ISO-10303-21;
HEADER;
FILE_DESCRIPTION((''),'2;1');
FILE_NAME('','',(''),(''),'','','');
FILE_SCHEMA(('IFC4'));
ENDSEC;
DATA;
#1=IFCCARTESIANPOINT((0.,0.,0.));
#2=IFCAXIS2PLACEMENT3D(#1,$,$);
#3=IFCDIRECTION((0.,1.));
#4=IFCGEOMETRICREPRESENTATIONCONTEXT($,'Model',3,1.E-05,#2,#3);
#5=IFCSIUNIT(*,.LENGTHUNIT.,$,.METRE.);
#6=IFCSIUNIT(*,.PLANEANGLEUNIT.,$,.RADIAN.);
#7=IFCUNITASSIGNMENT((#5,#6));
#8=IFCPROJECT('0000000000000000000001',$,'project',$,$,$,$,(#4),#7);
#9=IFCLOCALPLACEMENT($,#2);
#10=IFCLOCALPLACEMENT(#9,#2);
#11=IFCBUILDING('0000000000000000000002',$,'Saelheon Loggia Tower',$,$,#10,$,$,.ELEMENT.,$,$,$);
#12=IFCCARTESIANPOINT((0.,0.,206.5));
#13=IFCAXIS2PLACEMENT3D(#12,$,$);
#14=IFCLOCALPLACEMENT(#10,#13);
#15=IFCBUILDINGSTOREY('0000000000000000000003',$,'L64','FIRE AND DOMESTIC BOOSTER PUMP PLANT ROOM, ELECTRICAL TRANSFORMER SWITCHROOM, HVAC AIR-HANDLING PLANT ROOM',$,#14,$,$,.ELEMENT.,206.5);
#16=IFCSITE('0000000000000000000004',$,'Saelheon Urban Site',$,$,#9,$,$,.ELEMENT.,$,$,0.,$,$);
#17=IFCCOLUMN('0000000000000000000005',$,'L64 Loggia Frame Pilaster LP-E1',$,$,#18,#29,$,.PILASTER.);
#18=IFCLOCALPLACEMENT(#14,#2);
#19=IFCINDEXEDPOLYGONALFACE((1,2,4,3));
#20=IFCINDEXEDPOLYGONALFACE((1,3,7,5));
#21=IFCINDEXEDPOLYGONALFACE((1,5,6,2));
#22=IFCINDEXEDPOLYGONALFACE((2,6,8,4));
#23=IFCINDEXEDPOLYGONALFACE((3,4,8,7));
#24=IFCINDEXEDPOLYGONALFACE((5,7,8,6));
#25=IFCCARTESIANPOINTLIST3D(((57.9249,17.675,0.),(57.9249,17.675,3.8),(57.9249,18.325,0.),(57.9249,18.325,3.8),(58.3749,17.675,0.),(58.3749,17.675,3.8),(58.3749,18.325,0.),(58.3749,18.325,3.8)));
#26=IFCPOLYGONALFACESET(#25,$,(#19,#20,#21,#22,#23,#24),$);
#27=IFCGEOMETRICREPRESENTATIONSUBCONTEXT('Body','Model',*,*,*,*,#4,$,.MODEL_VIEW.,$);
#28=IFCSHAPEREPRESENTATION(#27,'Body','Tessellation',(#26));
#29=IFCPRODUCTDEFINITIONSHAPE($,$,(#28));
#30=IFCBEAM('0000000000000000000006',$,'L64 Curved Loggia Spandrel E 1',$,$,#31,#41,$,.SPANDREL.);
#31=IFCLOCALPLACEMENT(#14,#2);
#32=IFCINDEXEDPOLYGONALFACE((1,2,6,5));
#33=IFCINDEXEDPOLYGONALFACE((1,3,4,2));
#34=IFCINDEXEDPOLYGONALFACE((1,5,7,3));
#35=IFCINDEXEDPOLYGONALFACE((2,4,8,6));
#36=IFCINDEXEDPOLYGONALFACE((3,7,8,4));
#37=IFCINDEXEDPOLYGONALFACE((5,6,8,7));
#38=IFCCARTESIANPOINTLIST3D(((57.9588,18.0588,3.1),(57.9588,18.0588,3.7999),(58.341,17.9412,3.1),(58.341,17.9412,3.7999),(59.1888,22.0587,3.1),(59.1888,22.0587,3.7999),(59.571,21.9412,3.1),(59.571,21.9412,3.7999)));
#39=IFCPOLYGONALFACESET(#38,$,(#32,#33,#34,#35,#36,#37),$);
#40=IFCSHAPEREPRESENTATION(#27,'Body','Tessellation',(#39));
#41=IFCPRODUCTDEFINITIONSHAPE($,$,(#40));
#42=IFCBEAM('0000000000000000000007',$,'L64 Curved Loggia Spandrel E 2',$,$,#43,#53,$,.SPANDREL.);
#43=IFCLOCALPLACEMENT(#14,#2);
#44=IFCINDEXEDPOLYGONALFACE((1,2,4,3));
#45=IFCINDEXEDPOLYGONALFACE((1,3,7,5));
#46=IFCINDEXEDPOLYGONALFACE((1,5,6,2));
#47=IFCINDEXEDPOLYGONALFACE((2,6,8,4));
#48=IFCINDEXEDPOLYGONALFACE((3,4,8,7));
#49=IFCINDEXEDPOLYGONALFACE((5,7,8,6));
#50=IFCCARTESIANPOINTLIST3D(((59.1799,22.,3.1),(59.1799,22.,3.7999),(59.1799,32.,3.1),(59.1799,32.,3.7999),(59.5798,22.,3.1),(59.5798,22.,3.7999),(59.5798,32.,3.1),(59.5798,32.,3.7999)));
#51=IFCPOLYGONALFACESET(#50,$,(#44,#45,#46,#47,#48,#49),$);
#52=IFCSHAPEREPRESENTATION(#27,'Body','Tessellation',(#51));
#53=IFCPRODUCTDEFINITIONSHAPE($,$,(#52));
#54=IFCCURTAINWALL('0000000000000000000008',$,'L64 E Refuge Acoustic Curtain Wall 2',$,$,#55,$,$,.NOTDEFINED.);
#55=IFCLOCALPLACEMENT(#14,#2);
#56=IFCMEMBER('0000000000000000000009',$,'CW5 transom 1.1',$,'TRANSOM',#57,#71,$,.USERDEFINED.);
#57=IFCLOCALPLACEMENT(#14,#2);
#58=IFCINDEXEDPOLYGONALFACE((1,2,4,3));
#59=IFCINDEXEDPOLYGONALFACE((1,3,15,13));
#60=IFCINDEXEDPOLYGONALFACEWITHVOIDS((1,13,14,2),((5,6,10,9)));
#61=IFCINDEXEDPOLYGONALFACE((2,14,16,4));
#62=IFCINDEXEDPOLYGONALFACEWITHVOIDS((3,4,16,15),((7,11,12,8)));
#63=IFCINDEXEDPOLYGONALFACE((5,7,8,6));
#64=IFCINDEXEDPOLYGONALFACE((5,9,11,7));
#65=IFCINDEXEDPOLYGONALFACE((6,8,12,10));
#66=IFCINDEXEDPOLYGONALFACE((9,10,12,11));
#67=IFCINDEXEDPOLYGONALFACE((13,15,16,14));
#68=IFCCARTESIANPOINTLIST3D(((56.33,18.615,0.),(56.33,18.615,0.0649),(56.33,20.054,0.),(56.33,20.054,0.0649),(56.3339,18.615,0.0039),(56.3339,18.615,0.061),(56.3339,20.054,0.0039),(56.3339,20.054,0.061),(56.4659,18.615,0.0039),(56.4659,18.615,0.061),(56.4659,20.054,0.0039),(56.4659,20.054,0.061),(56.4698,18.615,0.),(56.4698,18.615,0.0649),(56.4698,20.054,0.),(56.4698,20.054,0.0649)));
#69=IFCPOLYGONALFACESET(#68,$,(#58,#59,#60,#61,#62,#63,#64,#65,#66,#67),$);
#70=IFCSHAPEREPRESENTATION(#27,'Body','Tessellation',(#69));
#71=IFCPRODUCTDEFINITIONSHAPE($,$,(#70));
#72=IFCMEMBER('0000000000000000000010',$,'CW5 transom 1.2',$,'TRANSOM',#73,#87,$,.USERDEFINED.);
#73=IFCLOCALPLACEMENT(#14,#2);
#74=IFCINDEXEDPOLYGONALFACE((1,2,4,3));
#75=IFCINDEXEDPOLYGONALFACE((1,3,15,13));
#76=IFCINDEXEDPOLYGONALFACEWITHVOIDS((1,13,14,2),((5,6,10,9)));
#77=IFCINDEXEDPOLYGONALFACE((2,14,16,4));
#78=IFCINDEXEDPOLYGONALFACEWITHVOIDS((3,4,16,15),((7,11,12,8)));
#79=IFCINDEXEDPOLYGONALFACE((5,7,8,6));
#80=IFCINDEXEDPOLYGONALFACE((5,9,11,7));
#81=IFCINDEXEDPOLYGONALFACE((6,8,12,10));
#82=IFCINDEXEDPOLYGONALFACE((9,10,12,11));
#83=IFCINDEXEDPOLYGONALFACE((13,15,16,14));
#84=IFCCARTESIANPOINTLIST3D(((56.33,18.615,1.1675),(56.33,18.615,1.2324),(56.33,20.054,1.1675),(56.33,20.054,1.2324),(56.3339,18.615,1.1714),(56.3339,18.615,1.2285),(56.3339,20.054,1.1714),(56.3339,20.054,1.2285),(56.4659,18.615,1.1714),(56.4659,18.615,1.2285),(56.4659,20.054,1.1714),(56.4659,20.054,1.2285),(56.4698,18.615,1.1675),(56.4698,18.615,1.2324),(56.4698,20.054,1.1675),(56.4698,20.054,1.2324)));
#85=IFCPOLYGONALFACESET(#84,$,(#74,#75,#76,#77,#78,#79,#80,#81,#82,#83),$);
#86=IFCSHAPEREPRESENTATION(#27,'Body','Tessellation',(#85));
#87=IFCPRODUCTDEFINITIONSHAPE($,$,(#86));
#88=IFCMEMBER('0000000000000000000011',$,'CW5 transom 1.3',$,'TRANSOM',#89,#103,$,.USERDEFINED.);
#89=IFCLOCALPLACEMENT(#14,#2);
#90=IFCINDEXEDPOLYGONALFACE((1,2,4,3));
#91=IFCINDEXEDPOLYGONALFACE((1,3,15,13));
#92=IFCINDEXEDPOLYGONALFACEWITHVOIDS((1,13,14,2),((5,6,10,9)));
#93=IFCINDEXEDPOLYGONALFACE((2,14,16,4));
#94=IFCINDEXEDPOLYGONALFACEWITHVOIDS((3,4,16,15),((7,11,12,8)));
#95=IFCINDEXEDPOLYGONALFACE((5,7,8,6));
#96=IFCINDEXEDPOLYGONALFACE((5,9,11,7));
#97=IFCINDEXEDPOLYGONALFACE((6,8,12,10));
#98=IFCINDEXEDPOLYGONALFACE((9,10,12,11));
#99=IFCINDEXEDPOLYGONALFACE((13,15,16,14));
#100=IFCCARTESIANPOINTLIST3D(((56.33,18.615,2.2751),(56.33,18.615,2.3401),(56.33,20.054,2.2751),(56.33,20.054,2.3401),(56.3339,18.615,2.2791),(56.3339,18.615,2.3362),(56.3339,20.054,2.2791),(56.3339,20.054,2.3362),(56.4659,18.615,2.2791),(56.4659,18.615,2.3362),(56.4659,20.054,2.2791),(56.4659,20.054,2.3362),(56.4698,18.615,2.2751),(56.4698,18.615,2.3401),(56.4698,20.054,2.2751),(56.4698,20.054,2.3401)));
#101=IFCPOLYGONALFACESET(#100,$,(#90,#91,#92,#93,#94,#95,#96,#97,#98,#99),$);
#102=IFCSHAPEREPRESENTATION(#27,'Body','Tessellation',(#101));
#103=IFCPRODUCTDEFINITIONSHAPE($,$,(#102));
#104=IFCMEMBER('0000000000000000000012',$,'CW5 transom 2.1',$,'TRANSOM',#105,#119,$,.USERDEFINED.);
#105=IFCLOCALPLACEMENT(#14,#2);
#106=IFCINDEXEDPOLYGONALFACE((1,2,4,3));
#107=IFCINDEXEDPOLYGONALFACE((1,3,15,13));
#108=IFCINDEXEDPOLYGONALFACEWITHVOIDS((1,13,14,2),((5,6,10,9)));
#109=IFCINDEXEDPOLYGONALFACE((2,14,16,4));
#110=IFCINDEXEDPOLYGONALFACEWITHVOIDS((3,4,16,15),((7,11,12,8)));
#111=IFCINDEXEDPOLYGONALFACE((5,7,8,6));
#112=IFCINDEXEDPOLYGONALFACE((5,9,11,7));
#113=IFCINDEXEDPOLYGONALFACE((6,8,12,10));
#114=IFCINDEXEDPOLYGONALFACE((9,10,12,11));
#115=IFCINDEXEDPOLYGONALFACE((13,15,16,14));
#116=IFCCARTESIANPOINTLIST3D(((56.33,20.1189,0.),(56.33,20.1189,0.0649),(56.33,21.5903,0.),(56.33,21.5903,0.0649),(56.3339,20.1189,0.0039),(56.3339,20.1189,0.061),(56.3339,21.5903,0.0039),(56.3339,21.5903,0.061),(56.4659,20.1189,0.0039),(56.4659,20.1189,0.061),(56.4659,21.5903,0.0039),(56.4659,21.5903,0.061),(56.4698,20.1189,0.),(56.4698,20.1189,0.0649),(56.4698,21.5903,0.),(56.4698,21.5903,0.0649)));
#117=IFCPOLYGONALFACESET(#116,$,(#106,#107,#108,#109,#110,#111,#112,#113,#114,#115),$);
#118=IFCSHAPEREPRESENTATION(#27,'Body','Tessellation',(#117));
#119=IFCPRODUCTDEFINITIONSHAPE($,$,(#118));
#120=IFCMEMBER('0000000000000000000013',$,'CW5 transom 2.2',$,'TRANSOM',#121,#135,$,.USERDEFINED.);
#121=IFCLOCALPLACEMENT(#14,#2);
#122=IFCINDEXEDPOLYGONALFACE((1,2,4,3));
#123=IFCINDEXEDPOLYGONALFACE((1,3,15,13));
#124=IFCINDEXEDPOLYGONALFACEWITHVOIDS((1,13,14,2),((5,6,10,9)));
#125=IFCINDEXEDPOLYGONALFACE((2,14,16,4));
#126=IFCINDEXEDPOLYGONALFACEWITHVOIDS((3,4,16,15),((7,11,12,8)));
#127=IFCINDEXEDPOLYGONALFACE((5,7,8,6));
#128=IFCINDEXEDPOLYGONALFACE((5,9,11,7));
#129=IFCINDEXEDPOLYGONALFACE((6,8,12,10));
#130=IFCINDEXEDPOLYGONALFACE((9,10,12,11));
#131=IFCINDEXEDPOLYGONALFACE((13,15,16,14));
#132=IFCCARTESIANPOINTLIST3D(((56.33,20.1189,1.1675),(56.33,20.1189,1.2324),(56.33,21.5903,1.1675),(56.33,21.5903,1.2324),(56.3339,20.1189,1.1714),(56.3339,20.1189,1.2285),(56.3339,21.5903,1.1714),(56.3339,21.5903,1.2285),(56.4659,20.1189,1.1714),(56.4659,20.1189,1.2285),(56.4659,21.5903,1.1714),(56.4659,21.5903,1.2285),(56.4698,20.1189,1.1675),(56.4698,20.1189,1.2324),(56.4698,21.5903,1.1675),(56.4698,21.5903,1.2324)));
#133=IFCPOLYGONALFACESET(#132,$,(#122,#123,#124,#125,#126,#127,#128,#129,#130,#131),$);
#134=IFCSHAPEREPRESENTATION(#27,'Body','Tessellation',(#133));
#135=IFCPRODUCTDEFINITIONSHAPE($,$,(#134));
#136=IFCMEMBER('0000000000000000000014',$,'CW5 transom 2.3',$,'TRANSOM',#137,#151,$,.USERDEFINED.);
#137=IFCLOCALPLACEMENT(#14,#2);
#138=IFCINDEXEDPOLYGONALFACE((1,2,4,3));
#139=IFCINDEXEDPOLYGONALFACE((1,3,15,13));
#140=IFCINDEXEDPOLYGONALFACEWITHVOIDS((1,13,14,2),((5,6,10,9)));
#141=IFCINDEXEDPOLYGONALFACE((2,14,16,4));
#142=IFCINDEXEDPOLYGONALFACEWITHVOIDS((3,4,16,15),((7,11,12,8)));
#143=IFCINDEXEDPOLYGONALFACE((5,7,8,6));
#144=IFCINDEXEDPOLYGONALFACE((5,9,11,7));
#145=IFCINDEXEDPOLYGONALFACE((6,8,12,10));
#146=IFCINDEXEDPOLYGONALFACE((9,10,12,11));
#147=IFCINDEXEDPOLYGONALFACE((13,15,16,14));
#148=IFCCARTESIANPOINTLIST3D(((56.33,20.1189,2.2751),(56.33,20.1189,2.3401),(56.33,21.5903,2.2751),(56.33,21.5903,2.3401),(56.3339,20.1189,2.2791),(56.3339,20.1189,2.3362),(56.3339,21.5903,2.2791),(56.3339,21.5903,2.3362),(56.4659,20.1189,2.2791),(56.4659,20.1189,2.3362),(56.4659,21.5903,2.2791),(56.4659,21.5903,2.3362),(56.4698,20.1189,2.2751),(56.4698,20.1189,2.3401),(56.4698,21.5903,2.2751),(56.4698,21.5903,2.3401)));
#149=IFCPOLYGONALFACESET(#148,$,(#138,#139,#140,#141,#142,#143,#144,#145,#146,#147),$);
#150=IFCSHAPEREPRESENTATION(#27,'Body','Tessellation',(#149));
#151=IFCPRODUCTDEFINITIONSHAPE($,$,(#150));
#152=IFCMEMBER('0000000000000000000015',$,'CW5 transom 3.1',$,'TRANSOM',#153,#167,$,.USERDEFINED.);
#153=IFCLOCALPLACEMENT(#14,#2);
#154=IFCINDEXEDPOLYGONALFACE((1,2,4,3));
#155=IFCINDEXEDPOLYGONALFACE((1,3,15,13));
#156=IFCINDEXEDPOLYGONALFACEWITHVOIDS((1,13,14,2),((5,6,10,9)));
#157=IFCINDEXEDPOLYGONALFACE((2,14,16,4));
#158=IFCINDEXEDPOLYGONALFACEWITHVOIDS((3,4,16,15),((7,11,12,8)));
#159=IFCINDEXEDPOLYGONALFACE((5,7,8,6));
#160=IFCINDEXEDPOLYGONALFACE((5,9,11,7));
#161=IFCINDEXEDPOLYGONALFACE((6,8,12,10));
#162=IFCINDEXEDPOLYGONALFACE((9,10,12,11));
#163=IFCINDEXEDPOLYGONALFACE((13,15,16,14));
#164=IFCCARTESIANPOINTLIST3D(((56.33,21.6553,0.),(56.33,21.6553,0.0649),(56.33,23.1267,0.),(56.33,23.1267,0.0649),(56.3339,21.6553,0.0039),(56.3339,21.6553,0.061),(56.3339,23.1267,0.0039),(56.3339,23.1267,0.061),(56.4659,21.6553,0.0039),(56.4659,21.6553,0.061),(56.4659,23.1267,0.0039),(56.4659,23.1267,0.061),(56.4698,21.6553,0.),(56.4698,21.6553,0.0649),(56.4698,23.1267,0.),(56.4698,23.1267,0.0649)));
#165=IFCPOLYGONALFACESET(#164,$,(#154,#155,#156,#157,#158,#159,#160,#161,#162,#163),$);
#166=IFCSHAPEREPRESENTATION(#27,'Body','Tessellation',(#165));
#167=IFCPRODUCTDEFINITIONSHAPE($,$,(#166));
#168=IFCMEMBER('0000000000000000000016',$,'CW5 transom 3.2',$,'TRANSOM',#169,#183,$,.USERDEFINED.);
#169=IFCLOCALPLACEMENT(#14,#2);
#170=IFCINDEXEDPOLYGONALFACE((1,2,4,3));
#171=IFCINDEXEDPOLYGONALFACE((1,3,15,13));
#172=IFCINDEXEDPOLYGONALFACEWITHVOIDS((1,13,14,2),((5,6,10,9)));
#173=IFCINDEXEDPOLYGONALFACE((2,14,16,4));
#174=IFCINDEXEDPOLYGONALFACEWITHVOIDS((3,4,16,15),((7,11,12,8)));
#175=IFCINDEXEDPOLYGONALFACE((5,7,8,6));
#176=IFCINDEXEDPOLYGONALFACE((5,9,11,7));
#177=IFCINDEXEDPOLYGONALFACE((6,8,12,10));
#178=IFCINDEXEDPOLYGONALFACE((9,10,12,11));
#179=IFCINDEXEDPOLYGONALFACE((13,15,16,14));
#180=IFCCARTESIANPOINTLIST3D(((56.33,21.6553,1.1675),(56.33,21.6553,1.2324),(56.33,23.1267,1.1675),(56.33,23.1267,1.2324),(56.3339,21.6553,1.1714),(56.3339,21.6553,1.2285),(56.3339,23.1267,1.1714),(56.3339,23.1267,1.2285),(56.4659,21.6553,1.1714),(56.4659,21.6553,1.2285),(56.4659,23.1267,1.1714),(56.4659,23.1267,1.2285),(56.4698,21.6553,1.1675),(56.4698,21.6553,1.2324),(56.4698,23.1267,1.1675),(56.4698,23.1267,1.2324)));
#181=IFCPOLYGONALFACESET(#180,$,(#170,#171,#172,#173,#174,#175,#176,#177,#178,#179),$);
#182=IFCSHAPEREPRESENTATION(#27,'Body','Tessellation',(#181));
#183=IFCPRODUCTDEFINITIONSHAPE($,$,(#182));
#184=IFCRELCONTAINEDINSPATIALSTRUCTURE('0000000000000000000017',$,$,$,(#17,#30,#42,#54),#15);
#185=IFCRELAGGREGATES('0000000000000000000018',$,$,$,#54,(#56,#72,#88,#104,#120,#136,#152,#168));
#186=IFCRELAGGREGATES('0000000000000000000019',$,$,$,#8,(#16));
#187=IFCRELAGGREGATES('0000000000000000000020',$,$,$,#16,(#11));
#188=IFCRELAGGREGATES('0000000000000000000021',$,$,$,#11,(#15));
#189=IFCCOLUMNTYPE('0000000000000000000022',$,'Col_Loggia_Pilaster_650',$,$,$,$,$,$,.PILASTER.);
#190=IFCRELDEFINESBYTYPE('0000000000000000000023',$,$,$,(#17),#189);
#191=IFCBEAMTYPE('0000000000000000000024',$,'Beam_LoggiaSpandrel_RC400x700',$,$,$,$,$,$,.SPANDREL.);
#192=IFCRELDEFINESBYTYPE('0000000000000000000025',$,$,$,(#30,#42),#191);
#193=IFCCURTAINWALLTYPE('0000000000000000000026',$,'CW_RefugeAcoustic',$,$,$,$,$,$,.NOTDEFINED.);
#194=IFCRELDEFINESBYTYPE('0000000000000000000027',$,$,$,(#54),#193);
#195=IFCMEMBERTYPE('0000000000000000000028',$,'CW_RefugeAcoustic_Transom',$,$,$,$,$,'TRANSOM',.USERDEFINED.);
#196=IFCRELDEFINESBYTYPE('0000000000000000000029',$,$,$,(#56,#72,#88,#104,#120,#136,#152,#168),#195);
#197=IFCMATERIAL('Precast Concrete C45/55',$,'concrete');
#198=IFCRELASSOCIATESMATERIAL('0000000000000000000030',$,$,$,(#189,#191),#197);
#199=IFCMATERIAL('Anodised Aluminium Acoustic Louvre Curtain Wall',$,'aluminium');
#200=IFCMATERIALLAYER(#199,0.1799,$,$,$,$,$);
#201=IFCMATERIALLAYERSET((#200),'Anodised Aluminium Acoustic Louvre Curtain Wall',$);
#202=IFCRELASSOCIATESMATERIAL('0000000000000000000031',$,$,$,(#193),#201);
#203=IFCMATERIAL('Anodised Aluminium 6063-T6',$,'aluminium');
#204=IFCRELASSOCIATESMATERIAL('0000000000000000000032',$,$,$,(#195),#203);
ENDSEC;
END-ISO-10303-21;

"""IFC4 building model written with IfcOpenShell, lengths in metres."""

from ifc_helpers import new_model, si_unit, direction, frame, origin, origin_2d, place, context, subcontext, project, spatial, rectangle, hollow_rectangle, extrude, source, transform, mapped, material, layer, layer_set, material_profile, profile_set, type_object, element, aggregate, save


model = new_model("IFC4")

# Units and contexts
model_context = context("Model", 3, precision=1e-05, world=origin(), true_north=direction((0.0, 1.0)))
body_context = subcontext(model_context, "Body", "Model", "MODEL_VIEW")
ifc_project = project(units=[si_unit("LENGTHUNIT", "METRE"), si_unit("PLANEANGLEUNIT", "RADIAN")], contexts=[model_context])

# Site, building, storey
site_placement = place(None, origin())
site = spatial("IfcSite", under=ifc_project, at=site_placement, Name="Saelheon Urban Site", CompositionType="ELEMENT", RefElevation=0.0)
building_placement = place(site_placement, origin())
building = spatial("IfcBuilding", under=site, at=building_placement, Name="Saelheon Loggia Tower", CompositionType="ELEMENT")
storey_placement = place(building_placement, frame((0.0, 0.0, 206.5)))
storey = spatial("IfcBuildingStorey", under=building, at=storey_placement, Name="L64", Description="FIRE AND DOMESTIC BOOSTER PUMP PLANT ROOM, ELECTRICAL TRANSFORMER SWITCHROOM, HVAC AIR-HANDLING PLANT ROOM", CompositionType="ELEMENT", Elevation=206.5)

# Column
ifc_material_1 = material(Name="Precast Concrete C45/55", Category="concrete")
ifc_material_profile_1 = material_profile(ifc_material_1, rectangle(XDim=0.45, YDim=0.6499, at=origin_2d()), Name="RC-450x650")
ifc_profile_set_1 = profile_set([ifc_material_profile_1], Name="Precast Concrete C45/55")
column_type = type_object("IfcColumnType", Name="Col_Loggia_Pilaster_650", PredefinedType="PILASTER", material=ifc_profile_set_1)
shared_shape_1 = source(origin(), body_context, "Body", "SweptSolid", [
    extrude(rectangle(XDim=0.45, YDim=0.6499, at=origin_2d()), origin(), (0.0, 0.0, 1.0), 3.8),
])
column_placement = place(storey_placement, frame((58.1499, 18.0, 0.0), z_axis=(0.0, 0.0, 1.0), x_axis=(1.0, 0.0, 0.0)))
element("IfcColumn", 1, at=column_placement, inside=storey, type_object=column_type, Name="L64 Loggia Frame Pilaster LP-E1", PredefinedType="PILASTER", context=body_context, shape_type="MappedRepresentation", body=[
    mapped(shared_shape_1, transform((0.0, 0.0, 0.0), scale=1.0)),
])

# Beams
ifc_material_profile_2 = material_profile(ifc_material_1, rectangle(XDim=0.3999, YDim=0.7, at=origin_2d()), Name="RC-400x700")
ifc_profile_set_2 = profile_set([ifc_material_profile_2], Name="Precast Concrete C45/55")
beam_type = type_object("IfcBeamType", Name="Beam_LoggiaSpandrel_RC400x700", PredefinedType="SPANDREL", material=ifc_profile_set_2)
shared_shape_2 = source(origin(), body_context, "Body", "SweptSolid", [
    extrude(rectangle(XDim=0.3999, YDim=0.7, at=origin_2d()), origin(), (0.0, 0.0, 1.0), 4.1848),
])
beam_1_placement = place(storey_placement, frame((58.1499, 18.0, 3.45), z_axis=(0.293914, 0.955832, 0.0), x_axis=(-0.955832, 0.293914, 0.0)))
element("IfcBeam", 2, at=beam_1_placement, inside=storey, type_object=beam_type, Name="L64 Curved Loggia Spandrel E 1", PredefinedType="SPANDREL", context=body_context, shape_type="MappedRepresentation", body=[
    mapped(shared_shape_2, transform((0.0, 0.0, 0.0), scale=1.0)),
])
shared_shape_3 = source(origin(), body_context, "Body", "SweptSolid", [
    extrude(rectangle(XDim=0.3999, YDim=0.7, at=origin_2d()), origin(), (0.0, 0.0, 1.0), 10.0),
])
beam_2_placement = place(storey_placement, frame((59.3799, 22.0, 3.45), z_axis=(0.0, 1.0, 0.0), x_axis=(-1.0, 0.0, 0.0)))
element("IfcBeam", 3, at=beam_2_placement, inside=storey, type_object=beam_type, Name="L64 Curved Loggia Spandrel E 2", PredefinedType="SPANDREL", context=body_context, shape_type="MappedRepresentation", body=[
    mapped(shared_shape_3, transform((0.0, 0.0, 0.0), scale=1.0)),
])

# Curtain wall, members
ifc_material_2 = material(Name="Anodised Aluminium Acoustic Louvre Curtain Wall", Category="aluminium")
ifc_layer_1 = layer(ifc_material_2, 0.1799)
ifc_layer_set_1 = layer_set([ifc_layer_1], Name="Anodised Aluminium Acoustic Louvre Curtain Wall")
curtain_wall_type = type_object("IfcCurtainWallType", Name="CW_RefugeAcoustic", PredefinedType="NOTDEFINED", material=ifc_layer_set_1)
curtain_wall_placement = place(storey_placement, origin())
curtain_wall = element("IfcCurtainWall", 4, at=curtain_wall_placement, inside=storey, type_object=curtain_wall_type, Name="L64 E Refuge Acoustic Curtain Wall 2", PredefinedType="NOTDEFINED")
ifc_material_3 = material(Name="Anodised Aluminium 6063-T6", Category="aluminium")
ifc_material_profile_3 = material_profile(ifc_material_3, hollow_rectangle(XDim=0.0649, YDim=0.1399, WallThickness=0.0039, at=origin_2d()), Name="RHS-140x65x4")
ifc_profile_set_3 = profile_set([ifc_material_profile_3], Name="Anodised Aluminium 6063-T6")
member_type_1 = type_object("IfcMemberType", Name="CW_RefugeAcoustic_Transom", ElementType="TRANSOM", PredefinedType="USERDEFINED", material=ifc_profile_set_3)
shared_shape_4 = source(origin(), body_context, "Body", "SweptSolid", [
    extrude(hollow_rectangle(XDim=0.0649, YDim=0.1399, WallThickness=0.0039, at=origin_2d()), origin(), (0.0, 0.0, 1.0), 1.439),
])
member_1_placement = place(storey_placement, frame((56.3999, 18.615, 0.0325), z_axis=(0.0, 1.0, 0.0), x_axis=(0.0, 0.0, 1.0)))
member_1 = element("IfcMember", 5, at=member_1_placement, type_object=member_type_1, Name="CW5 transom 1.1", ObjectType="TRANSOM", PredefinedType="USERDEFINED", context=body_context, shape_type="MappedRepresentation", body=[
    mapped(shared_shape_4, transform((0.0, 0.0, 0.0), scale=1.0)),
])
member_2_placement = place(storey_placement, frame((56.3999, 18.615, 1.2), z_axis=(0.0, 1.0, 0.0), x_axis=(0.0, 0.0, 1.0)))
member_2 = element("IfcMember", 6, at=member_2_placement, type_object=member_type_1, Name="CW5 transom 1.2", ObjectType="TRANSOM", PredefinedType="USERDEFINED", context=body_context, shape_type="MappedRepresentation", body=[
    mapped(shared_shape_4, transform((0.0, 0.0, 0.0), scale=1.0)),
])
member_3_placement = place(storey_placement, frame((56.3999, 18.615, 2.3076), z_axis=(0.0, 1.0, 0.0), x_axis=(0.0, 0.0, 1.0)))
member_3 = element("IfcMember", 7, at=member_3_placement, type_object=member_type_1, Name="CW5 transom 1.3", ObjectType="TRANSOM", PredefinedType="USERDEFINED", context=body_context, shape_type="MappedRepresentation", body=[
    mapped(shared_shape_4, transform((0.0, 0.0, 0.0), scale=1.0)),
])
shared_shape_5 = source(origin(), body_context, "Body", "SweptSolid", [
    extrude(hollow_rectangle(XDim=0.0649, YDim=0.1399, WallThickness=0.0039, at=origin_2d()), origin(), (0.0, 0.0, 1.0), 1.4714),
])
member_4_placement = place(storey_placement, frame((56.3999, 20.1189, 0.0325), z_axis=(0.0, 1.0, 0.0), x_axis=(0.0, 0.0, 1.0)))
member_4 = element("IfcMember", 8, at=member_4_placement, type_object=member_type_1, Name="CW5 transom 2.1", ObjectType="TRANSOM", PredefinedType="USERDEFINED", context=body_context, shape_type="MappedRepresentation", body=[
    mapped(shared_shape_5, transform((0.0, 0.0, 0.0), scale=1.0)),
])
member_5_placement = place(storey_placement, frame((56.3999, 20.1189, 1.2), z_axis=(0.0, 1.0, 0.0), x_axis=(0.0, 0.0, 1.0)))
member_5 = element("IfcMember", 9, at=member_5_placement, type_object=member_type_1, Name="CW5 transom 2.2", ObjectType="TRANSOM", PredefinedType="USERDEFINED", context=body_context, shape_type="MappedRepresentation", body=[
    mapped(shared_shape_5, transform((0.0, 0.0, 0.0), scale=1.0)),
])
member_6_placement = place(storey_placement, frame((56.3999, 20.1189, 2.3076), z_axis=(0.0, 1.0, 0.0), x_axis=(0.0, 0.0, 1.0)))
member_6 = element("IfcMember", 10, at=member_6_placement, type_object=member_type_1, Name="CW5 transom 2.3", ObjectType="TRANSOM", PredefinedType="USERDEFINED", context=body_context, shape_type="MappedRepresentation", body=[
    mapped(shared_shape_5, transform((0.0, 0.0, 0.0), scale=1.0)),
])
member_7_placement = place(storey_placement, frame((56.3999, 21.6553, 0.0325), z_axis=(0.0, 1.0, 0.0), x_axis=(0.0, 0.0, 1.0)))
member_7 = element("IfcMember", 11, at=member_7_placement, type_object=member_type_1, Name="CW5 transom 3.1", ObjectType="TRANSOM", PredefinedType="USERDEFINED", context=body_context, shape_type="MappedRepresentation", body=[
    mapped(shared_shape_5, transform((0.0, 0.0, 0.0), scale=1.0)),
])
member_8_placement = place(storey_placement, frame((56.3999, 21.6553, 1.2), z_axis=(0.0, 1.0, 0.0), x_axis=(0.0, 0.0, 1.0)))
member_8 = element("IfcMember", 12, at=member_8_placement, type_object=member_type_1, Name="CW5 transom 3.2", ObjectType="TRANSOM", PredefinedType="USERDEFINED", context=body_context, shape_type="MappedRepresentation", body=[
    mapped(shared_shape_5, transform((0.0, 0.0, 0.0), scale=1.0)),
])
aggregate(curtain_wall, [member_1, member_2, member_3, member_4, member_5, member_6, member_7, member_8])

save(model, "model.ifc")
